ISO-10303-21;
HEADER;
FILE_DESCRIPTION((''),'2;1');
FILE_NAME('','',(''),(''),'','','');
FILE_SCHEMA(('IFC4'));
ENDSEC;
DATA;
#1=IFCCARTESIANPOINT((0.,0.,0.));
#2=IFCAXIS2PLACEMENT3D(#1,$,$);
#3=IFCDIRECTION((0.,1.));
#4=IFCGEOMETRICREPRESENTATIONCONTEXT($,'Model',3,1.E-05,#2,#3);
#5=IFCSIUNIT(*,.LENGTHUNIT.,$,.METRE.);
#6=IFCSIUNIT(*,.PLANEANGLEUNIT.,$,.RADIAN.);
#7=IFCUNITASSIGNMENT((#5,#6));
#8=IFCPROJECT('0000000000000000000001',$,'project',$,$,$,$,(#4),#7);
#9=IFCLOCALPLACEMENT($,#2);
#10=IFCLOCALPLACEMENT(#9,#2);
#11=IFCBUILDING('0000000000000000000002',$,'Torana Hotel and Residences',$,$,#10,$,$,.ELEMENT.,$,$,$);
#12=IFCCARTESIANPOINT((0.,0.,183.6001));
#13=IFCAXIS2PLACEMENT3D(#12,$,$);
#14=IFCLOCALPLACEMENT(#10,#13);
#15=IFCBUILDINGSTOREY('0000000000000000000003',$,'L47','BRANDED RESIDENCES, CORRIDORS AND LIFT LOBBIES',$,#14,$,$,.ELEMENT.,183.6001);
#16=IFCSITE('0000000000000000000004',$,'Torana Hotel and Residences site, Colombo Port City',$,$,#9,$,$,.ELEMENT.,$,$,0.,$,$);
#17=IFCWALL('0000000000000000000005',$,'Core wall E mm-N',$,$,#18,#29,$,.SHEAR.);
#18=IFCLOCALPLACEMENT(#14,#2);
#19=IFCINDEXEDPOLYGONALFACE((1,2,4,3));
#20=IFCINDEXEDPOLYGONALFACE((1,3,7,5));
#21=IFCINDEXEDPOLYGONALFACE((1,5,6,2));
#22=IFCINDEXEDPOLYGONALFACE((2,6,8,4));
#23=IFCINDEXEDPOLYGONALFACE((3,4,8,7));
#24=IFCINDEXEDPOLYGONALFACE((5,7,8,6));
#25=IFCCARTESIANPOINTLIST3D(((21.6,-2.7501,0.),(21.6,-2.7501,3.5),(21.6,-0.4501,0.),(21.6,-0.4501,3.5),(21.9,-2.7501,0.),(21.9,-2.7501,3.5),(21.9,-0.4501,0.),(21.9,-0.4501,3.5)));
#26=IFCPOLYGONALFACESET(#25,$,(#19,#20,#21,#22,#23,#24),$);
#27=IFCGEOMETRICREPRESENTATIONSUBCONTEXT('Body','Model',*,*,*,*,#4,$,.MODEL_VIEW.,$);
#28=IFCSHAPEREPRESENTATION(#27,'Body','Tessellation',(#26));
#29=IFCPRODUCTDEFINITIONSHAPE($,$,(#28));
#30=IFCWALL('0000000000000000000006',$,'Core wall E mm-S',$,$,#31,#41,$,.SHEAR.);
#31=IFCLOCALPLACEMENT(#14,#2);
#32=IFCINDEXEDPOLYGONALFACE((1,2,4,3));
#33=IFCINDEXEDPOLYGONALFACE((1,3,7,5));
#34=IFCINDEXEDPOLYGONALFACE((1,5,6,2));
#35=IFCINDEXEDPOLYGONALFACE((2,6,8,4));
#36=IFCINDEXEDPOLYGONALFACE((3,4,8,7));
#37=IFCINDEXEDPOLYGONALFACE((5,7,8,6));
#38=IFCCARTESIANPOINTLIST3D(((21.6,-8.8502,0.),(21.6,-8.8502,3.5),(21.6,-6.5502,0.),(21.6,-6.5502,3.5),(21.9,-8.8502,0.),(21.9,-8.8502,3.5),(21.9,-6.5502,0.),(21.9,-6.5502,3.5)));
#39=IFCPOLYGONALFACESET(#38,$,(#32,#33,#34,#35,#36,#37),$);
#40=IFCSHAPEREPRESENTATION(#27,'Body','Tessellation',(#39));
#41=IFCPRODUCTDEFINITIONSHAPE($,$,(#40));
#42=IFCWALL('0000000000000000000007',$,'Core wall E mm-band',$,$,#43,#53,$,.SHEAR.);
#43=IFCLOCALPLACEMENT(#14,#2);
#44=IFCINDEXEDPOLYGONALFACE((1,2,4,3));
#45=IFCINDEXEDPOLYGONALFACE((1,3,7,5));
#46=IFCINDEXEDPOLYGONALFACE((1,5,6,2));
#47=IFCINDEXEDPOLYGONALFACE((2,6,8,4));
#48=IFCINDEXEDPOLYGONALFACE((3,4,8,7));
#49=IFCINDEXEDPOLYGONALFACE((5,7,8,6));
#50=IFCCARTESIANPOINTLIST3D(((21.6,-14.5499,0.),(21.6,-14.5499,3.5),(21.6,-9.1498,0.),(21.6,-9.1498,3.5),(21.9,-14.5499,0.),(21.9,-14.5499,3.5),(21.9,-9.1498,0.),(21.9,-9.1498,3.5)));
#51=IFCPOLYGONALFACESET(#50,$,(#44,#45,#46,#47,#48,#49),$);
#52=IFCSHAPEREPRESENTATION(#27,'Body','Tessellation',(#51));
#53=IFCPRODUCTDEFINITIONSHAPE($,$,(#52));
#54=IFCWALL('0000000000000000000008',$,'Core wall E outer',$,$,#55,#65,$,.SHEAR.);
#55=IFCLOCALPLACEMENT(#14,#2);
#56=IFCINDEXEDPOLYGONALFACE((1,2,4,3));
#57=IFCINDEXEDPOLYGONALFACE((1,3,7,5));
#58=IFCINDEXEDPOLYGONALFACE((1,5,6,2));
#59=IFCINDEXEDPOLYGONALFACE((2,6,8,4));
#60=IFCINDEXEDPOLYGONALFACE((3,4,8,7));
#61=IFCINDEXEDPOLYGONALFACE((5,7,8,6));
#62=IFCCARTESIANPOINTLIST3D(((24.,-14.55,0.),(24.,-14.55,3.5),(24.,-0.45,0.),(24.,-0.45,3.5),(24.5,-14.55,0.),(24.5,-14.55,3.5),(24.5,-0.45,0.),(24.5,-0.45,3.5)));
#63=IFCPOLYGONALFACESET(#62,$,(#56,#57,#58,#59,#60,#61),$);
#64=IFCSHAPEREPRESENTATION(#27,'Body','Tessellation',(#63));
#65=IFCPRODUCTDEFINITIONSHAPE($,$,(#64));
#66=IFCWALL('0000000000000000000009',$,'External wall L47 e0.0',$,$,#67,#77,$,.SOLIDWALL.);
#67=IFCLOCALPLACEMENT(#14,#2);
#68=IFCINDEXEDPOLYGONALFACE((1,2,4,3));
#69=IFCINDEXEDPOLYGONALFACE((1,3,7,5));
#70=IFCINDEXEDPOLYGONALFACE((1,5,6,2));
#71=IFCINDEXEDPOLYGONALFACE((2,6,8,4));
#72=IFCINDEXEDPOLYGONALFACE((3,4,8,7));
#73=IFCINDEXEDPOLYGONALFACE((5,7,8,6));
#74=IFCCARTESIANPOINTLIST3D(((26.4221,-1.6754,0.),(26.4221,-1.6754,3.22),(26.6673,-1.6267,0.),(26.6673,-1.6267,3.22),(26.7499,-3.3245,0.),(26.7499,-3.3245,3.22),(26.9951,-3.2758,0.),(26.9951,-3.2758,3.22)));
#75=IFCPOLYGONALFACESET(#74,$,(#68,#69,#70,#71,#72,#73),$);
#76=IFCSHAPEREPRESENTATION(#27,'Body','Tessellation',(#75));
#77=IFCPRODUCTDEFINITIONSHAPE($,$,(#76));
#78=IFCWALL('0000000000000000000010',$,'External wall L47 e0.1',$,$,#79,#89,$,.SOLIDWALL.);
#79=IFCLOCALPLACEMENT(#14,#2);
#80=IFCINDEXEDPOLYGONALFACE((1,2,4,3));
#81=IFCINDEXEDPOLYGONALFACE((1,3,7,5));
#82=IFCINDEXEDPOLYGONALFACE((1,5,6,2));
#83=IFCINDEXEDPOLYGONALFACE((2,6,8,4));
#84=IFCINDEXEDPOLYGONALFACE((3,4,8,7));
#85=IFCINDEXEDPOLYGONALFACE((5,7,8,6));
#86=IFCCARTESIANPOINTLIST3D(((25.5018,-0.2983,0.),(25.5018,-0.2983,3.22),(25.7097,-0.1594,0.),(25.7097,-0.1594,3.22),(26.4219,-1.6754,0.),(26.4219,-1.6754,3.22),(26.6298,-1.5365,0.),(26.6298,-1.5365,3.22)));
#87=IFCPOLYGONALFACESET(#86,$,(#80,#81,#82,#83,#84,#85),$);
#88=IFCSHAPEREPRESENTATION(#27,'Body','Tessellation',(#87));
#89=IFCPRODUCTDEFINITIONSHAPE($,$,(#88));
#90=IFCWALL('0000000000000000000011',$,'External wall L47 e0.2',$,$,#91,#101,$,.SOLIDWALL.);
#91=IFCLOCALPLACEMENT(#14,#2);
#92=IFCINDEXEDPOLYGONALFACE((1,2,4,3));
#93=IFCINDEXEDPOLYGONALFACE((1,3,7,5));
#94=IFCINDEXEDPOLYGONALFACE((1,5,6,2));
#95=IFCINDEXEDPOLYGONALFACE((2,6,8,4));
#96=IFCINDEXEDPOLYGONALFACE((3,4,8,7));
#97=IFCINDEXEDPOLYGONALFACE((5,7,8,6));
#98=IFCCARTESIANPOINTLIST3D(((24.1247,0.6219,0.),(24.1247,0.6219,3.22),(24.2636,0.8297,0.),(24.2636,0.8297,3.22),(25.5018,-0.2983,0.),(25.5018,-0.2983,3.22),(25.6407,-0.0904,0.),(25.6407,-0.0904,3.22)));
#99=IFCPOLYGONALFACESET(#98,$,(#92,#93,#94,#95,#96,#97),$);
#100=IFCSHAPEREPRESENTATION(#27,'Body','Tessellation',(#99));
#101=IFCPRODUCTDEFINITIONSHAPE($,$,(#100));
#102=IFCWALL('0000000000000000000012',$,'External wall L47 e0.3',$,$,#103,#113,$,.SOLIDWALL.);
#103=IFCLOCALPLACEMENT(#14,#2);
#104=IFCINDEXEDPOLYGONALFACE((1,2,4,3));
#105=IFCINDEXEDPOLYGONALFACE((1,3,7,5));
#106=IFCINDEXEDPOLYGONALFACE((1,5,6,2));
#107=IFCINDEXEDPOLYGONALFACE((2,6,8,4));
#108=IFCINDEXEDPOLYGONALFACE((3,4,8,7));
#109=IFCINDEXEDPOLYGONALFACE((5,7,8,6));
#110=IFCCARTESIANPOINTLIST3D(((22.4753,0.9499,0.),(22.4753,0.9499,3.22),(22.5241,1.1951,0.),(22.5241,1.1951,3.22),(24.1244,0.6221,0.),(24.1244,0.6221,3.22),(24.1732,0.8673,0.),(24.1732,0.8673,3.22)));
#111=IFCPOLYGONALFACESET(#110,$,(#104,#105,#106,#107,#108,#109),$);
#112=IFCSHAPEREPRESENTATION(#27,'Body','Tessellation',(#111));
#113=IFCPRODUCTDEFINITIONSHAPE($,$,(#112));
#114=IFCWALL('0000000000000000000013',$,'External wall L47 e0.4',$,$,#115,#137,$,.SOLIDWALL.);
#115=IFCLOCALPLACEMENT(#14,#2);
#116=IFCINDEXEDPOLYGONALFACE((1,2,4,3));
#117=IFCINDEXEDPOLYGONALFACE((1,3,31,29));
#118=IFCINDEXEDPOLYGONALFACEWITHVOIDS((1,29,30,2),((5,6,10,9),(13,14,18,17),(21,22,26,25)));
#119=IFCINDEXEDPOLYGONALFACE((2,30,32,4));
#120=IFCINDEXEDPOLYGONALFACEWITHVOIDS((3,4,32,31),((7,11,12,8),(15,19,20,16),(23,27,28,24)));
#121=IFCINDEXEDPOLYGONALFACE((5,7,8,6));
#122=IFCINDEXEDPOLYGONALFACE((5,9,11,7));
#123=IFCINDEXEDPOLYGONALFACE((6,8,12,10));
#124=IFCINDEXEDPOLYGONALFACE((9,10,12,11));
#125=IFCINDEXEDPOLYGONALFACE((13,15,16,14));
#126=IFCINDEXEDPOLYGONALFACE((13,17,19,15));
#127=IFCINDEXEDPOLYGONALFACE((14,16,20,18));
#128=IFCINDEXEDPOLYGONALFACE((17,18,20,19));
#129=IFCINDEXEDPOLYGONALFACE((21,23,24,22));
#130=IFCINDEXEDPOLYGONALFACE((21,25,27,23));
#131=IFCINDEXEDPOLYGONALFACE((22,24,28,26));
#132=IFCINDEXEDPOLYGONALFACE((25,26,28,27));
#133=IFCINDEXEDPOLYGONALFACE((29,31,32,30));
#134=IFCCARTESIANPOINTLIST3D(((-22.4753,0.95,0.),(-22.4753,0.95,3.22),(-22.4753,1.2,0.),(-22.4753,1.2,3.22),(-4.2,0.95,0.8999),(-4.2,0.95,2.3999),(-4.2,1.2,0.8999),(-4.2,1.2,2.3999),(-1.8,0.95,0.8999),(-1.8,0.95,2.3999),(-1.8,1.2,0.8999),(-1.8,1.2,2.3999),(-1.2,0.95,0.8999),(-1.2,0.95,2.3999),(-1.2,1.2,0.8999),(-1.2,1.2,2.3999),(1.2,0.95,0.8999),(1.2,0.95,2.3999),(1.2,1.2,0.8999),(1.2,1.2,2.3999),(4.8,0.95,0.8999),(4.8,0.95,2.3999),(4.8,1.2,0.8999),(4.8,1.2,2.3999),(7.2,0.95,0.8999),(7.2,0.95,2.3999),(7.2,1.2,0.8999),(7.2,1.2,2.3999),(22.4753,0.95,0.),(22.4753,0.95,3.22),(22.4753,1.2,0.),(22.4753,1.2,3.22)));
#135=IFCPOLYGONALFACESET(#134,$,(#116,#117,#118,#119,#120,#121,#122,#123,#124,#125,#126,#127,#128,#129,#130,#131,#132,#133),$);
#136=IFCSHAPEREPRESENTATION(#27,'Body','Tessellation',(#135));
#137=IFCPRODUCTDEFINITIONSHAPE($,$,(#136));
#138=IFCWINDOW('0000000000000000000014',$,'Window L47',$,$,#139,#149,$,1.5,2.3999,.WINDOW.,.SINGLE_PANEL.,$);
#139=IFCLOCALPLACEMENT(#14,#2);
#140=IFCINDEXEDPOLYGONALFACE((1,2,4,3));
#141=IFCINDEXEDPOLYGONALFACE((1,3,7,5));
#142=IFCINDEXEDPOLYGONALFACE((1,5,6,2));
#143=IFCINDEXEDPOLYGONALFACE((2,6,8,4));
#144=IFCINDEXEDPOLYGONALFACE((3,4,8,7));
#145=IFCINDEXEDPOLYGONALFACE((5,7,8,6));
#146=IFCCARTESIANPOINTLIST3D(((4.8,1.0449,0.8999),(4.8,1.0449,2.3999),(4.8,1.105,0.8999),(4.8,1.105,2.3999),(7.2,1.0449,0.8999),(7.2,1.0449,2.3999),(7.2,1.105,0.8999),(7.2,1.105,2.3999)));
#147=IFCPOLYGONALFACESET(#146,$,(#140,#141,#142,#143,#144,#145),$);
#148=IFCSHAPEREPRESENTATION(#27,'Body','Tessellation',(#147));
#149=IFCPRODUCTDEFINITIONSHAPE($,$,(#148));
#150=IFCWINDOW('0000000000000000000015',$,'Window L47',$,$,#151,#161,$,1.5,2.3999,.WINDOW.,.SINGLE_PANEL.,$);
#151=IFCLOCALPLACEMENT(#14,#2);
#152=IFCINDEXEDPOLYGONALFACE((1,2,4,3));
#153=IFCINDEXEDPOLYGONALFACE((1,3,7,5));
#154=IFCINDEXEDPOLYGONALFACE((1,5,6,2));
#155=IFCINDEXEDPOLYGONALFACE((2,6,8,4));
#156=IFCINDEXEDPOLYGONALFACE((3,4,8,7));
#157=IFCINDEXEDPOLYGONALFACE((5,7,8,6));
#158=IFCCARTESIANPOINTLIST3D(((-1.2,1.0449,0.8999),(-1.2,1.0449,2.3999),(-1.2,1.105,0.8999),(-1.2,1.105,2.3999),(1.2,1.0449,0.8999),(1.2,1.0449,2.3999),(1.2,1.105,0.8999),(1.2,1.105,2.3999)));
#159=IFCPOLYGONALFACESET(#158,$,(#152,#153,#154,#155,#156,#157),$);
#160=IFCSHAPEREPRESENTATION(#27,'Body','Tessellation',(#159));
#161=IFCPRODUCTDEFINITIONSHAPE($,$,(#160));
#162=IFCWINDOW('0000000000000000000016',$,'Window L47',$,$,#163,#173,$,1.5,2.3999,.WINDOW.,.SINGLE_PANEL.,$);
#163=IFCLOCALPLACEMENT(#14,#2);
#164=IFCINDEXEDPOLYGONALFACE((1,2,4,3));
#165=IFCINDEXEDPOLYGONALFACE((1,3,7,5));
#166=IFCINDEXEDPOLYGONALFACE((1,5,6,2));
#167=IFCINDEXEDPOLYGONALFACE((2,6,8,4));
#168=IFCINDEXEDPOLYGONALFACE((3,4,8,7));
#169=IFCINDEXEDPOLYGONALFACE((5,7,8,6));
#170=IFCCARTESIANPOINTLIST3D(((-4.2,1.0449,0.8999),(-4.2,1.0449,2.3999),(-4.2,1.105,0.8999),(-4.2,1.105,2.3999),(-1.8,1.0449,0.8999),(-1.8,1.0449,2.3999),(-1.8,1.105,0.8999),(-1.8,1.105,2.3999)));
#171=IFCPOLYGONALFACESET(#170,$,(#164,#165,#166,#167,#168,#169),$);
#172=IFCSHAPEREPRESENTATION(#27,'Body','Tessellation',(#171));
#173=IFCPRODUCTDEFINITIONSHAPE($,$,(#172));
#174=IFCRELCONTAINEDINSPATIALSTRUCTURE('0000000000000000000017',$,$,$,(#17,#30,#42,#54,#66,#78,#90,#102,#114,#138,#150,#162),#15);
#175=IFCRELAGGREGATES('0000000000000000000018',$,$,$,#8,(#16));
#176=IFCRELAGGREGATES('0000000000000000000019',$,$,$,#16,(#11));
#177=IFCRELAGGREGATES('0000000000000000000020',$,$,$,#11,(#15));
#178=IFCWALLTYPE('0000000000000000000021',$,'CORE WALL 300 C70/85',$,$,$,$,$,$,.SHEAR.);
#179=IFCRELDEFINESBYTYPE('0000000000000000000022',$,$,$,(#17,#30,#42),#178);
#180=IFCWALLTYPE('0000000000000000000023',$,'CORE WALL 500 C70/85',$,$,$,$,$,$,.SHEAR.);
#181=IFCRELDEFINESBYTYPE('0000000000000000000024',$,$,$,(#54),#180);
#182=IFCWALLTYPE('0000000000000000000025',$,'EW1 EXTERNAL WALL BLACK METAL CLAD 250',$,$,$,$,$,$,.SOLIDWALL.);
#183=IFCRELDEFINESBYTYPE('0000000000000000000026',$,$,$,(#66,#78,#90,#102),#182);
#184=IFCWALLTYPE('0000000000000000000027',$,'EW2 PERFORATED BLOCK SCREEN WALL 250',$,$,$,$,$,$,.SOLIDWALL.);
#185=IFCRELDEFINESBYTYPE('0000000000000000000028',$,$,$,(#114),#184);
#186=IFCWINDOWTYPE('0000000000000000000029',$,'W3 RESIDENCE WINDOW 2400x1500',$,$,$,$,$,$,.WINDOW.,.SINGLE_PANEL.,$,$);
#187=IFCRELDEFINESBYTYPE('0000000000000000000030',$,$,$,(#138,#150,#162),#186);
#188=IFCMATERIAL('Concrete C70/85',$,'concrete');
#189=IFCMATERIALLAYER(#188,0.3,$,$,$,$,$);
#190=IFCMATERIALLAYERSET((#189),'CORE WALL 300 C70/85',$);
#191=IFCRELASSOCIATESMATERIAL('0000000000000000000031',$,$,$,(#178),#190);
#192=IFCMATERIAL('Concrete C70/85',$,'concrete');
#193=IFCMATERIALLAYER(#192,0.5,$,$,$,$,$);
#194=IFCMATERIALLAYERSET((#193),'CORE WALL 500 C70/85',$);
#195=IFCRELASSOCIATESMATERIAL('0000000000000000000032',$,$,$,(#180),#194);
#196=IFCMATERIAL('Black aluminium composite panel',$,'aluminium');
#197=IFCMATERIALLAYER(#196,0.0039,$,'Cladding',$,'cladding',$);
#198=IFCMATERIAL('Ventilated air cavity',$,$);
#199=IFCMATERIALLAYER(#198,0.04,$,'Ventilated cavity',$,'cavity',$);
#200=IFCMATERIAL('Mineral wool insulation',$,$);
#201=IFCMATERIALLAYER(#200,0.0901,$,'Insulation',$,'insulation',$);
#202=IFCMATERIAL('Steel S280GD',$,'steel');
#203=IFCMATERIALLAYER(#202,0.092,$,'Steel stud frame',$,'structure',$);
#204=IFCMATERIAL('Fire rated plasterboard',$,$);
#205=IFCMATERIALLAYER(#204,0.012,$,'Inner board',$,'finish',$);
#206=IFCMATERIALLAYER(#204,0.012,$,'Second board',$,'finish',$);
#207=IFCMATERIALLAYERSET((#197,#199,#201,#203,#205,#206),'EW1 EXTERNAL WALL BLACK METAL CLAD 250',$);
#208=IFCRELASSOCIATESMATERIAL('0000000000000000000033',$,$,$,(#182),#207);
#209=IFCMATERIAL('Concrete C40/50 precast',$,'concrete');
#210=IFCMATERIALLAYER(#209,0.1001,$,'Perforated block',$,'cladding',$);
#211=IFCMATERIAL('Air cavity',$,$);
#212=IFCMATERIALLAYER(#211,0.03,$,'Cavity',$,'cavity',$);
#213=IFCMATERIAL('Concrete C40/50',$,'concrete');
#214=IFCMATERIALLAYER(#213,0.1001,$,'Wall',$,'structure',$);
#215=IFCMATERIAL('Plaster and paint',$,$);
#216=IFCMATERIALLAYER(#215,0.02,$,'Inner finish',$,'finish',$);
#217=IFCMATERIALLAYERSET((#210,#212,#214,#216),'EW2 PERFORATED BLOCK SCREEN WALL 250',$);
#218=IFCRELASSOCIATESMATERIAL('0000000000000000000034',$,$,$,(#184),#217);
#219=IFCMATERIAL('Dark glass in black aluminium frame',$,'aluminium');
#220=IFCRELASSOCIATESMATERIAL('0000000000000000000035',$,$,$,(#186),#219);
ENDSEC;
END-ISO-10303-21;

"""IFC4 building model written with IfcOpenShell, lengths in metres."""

from ifc_helpers import new_model, si_unit, direction, frame, frame_2d, origin, place, context, subcontext, project, spatial, rectangle, extrude, material, layer, layer_set, type_object, element, fill, save


model = new_model("IFC4")

# Units and contexts
model_context = context("Model", 3, precision=1e-05, world=origin(), true_north=direction((0.0, 1.0)))
body_context = subcontext(model_context, "Body", "Model", "MODEL_VIEW")
ifc_project = project(units=[si_unit("LENGTHUNIT", "METRE"), si_unit("PLANEANGLEUNIT", "RADIAN")], contexts=[model_context])

# Site, building, storey
site_placement = place(None, origin())
site = spatial("IfcSite", under=ifc_project, at=site_placement, Name="Torana Hotel and Residences site, Colombo Port City", CompositionType="ELEMENT", RefElevation=0.0)
building_placement = place(site_placement, origin())
building = spatial("IfcBuilding", under=site, at=building_placement, Name="Torana Hotel and Residences", CompositionType="ELEMENT")
storey_placement = place(building_placement, frame((0.0, 0.0, 183.6001)))
storey = spatial("IfcBuildingStorey", under=building, at=storey_placement, Name="L47", Description="BRANDED RESIDENCES, CORRIDORS AND LIFT LOBBIES", CompositionType="ELEMENT", Elevation=183.6001)

# Walls
ifc_material_1 = material(Name="Concrete C70/85", Category="concrete")
ifc_layer_1 = layer(ifc_material_1, 0.3)
ifc_layer_set_1 = layer_set([ifc_layer_1], Name="CORE WALL 300 C70/85")
wall_type_1 = type_object("IfcWallType", Name="CORE WALL 300 C70/85", PredefinedType="SHEAR", material=ifc_layer_set_1)
for number, where, z_axis, x_axis, name in (
    (1, (21.75, -2.75, 0.0), (0.0, 0.0, 1.0), (0.0, 1.0, 0.0), "Core wall E mm-N"),
    (2, (21.75, -8.8501, 0.0), (0.0, 0.0, 1.0), (0.0, 1.0, 0.0), "Core wall E mm-S"),
):
    element("IfcWall", number, at=place(storey_placement, frame(where, z_axis=z_axis, x_axis=x_axis)), inside=storey, type_object=wall_type_1, Name=name, PredefinedType="SHEAR", context=body_context, shape_type="SweptSolid", body=[
        extrude(rectangle(XDim=2.3, YDim=0.3, at=frame_2d((1.1499, 0.0))), origin(), (0.0, 0.0, 1.0), 3.5),
    ])
wall_1_placement = place(storey_placement, frame((21.75, -14.55, 0.0), z_axis=(0.0, 0.0, 1.0), x_axis=(0.0, 1.0, 0.0)))
element("IfcWall", 3, at=wall_1_placement, inside=storey, type_object=wall_type_1, Name="Core wall E mm-band", PredefinedType="SHEAR", context=body_context, shape_type="SweptSolid", body=[
    extrude(rectangle(XDim=5.4001, YDim=0.3, at=frame_2d((2.7002, 0.0))), origin(), (0.0, 0.0, 1.0), 3.5),
])
ifc_material_2 = material(Name="Concrete C70/85", Category="concrete")
ifc_layer_2 = layer(ifc_material_2, 0.5)
ifc_layer_set_2 = layer_set([ifc_layer_2], Name="CORE WALL 500 C70/85")
wall_type_2 = type_object("IfcWallType", Name="CORE WALL 500 C70/85", PredefinedType="SHEAR", material=ifc_layer_set_2)
wall_2_placement = place(storey_placement, frame((24.25, -14.55, 0.0), z_axis=(0.0, 0.0, 1.0), x_axis=(0.0, 1.0, 0.0)))
element("IfcWall", 4, at=wall_2_placement, inside=storey, type_object=wall_type_2, Name="Core wall E outer", PredefinedType="SHEAR", context=body_context, shape_type="SweptSolid", body=[
    extrude(rectangle(XDim=14.1001, YDim=0.5, at=frame_2d((7.05, 0.0))), origin(), (0.0, 0.0, 1.0), 3.5),
])
ifc_material_3 = material(Name="Black aluminium composite panel", Category="aluminium")
ifc_layer_3 = layer(ifc_material_3, 0.0039, Name="Cladding", Category="cladding")
ifc_material_4 = material(Name="Ventilated air cavity")
ifc_layer_4 = layer(ifc_material_4, 0.04, Name="Ventilated cavity", Category="cavity")
ifc_material_5 = material(Name="Mineral wool insulation")
ifc_layer_5 = layer(ifc_material_5, 0.0901, Name="Insulation", Category="insulation")
ifc_material_6 = material(Name="Steel S280GD", Category="steel")
ifc_layer_6 = layer(ifc_material_6, 0.092, Name="Steel stud frame", Category="structure")
ifc_material_7 = material(Name="Fire rated plasterboard")
ifc_layer_7 = layer(ifc_material_7, 0.012, Name="Inner board", Category="finish")
ifc_layer_8 = layer(ifc_material_7, 0.012, Name="Second board", Category="finish")
ifc_layer_set_3 = layer_set([ifc_layer_3, ifc_layer_4, ifc_layer_5, ifc_layer_6, ifc_layer_7, ifc_layer_8], Name="EW1 EXTERNAL WALL BLACK METAL CLAD 250")
wall_type_3 = type_object("IfcWallType", Name="EW1 EXTERNAL WALL BLACK METAL CLAD 250", PredefinedType="SOLIDWALL", material=ifc_layer_set_3)
wall_3_placement = place(storey_placement, frame((26.8726, -3.3003, 0.0), z_axis=(0.0, 0.0, 1.0), x_axis=(-0.194999, 0.980803, 0.0)))
element("IfcWall", 5, at=wall_3_placement, inside=storey, type_object=wall_type_3, Name="External wall L47 e0.0", PredefinedType="SOLIDWALL", context=body_context, shape_type="SweptSolid", body=[
    extrude(rectangle(XDim=1.6814, YDim=0.25, at=frame_2d((0.8408, 0.0))), origin(), (0.0, 0.0, 1.0), 3.22),
])
for number, where, z_axis, x_axis, name in (
    (6, (26.5259, -1.606, 0.0), (0.0, 0.0, 1.0), (-0.55555, 0.831483, 0.0), "External wall L47 e0.1"),
    (7, (25.5713, -0.1943, 0.0), (0.0, 0.0, 1.0), (-0.831483, 0.55555, 0.0), "External wall L47 e0.2"),
):
    element("IfcWall", number, at=place(storey_placement, frame(where, z_axis=z_axis, x_axis=x_axis)), inside=storey, type_object=wall_type_3, Name=name, PredefinedType="SOLIDWALL", context=body_context, shape_type="SweptSolid", body=[
        extrude(rectangle(XDim=1.6562, YDim=0.25, at=frame_2d((0.8281, 0.0))), origin(), (0.0, 0.0, 1.0), 3.22),
    ])
wall_4_placement = place(storey_placement, frame((24.1489, 0.7446, 0.0), z_axis=(0.0, 0.0, 1.0), x_axis=(-0.980803, 0.194999, 0.0)))
element("IfcWall", 8, at=wall_4_placement, inside=storey, type_object=wall_type_3, Name="External wall L47 e0.3", PredefinedType="SOLIDWALL", context=body_context, shape_type="SweptSolid", body=[
    extrude(rectangle(XDim=1.6814, YDim=0.25, at=frame_2d((0.8408, 0.0))), origin(), (0.0, 0.0, 1.0), 3.22),
])

# Wall, openings, windows
ifc_material_8 = material(Name="Concrete C40/50 precast", Category="concrete")
ifc_layer_9 = layer(ifc_material_8, 0.1001, Name="Perforated block", Category="cladding")
ifc_material_9 = material(Name="Air cavity")
ifc_layer_10 = layer(ifc_material_9, 0.03, Name="Cavity", Category="cavity")
ifc_material_10 = material(Name="Concrete C40/50", Category="concrete")
ifc_layer_11 = layer(ifc_material_10, 0.1001, Name="Wall", Category="structure")
ifc_material_11 = material(Name="Plaster and paint")
ifc_layer_12 = layer(ifc_material_11, 0.02, Name="Inner finish", Category="finish")
ifc_layer_set_4 = layer_set([ifc_layer_9, ifc_layer_10, ifc_layer_11, ifc_layer_12], Name="EW2 PERFORATED BLOCK SCREEN WALL 250")
wall_type_4 = type_object("IfcWallType", Name="EW2 PERFORATED BLOCK SCREEN WALL 250", PredefinedType="SOLIDWALL", material=ifc_layer_set_4)
wall_5_placement = place(storey_placement, frame((22.4753, 1.075, 0.0), z_axis=(0.0, 0.0, 1.0), x_axis=(-1.0, 0.0, 0.0)))
wall_5 = element("IfcWall", 9, at=wall_5_placement, inside=storey, type_object=wall_type_4, Name="External wall L47 e0.4", PredefinedType="SOLIDWALL", context=body_context, shape_type="SweptSolid", body=[
    extrude(rectangle(XDim=44.9507, YDim=0.25, at=frame_2d((22.4753, 0.0))), origin(), (0.0, 0.0, 1.0), 3.22),
])
opening_1_placement = place(wall_5_placement, frame((15.2754, 0.0, 0.8999)))
opening_1 = element("IfcOpeningElement", 10, at=opening_1_placement, cuts=wall_5, PredefinedType="OPENING", context=body_context, shape_type="SweptSolid", body=[
    extrude(rectangle(XDim=2.3999, YDim=1.5, at=frame_2d((1.2, 0.75))), frame((0.0, 0.135, 0.0), z_axis=(0.0, -1.0, 0.0), x_axis=(1.0, 0.0, 0.0)), (0.0, 0.0, 1.0), 0.27),
])
opening_2_placement = place(wall_5_placement, frame((21.2754, 0.0, 0.8999)))
opening_2 = element("IfcOpeningElement", 11, at=opening_2_placement, cuts=wall_5, PredefinedType="OPENING", context=body_context, shape_type="SweptSolid", body=[
    extrude(rectangle(XDim=2.3999, YDim=1.5, at=frame_2d((1.2, 0.75))), frame((0.0, 0.135, 0.0), z_axis=(0.0, -1.0, 0.0), x_axis=(1.0, 0.0, 0.0)), (0.0, 0.0, 1.0), 0.27),
])
opening_3_placement = place(wall_5_placement, frame((24.2754, 0.0, 0.8999)))
opening_3 = element("IfcOpeningElement", 12, at=opening_3_placement, cuts=wall_5, PredefinedType="OPENING", context=body_context, shape_type="SweptSolid", body=[
    extrude(rectangle(XDim=2.3999, YDim=1.5, at=frame_2d((1.2, 0.75))), frame((0.0, 0.135, 0.0), z_axis=(0.0, -1.0, 0.0), x_axis=(1.0, 0.0, 0.0)), (0.0, 0.0, 1.0), 0.27),
])
ifc_material_12 = material(Name="Dark glass in black aluminium frame", Category="aluminium")
window_type = type_object("IfcWindowType", Name="W3 RESIDENCE WINDOW 2400x1500", PartitioningType="SINGLE_PANEL", PredefinedType="WINDOW", material=ifc_material_12)
window_1_placement = place(opening_1_placement, origin())
window_1 = element("IfcWindow", 13, at=window_1_placement, inside=storey, type_object=window_type, Name="Window L47", OverallHeight=1.5, OverallWidth=2.3999, PartitioningType="SINGLE_PANEL", PredefinedType="WINDOW", context=body_context, shape_type="SweptSolid", body=[
    extrude(rectangle(XDim=2.3999, YDim=1.5, at=frame_2d((1.2, 0.75))), frame((0.0, 0.03, 0.0), z_axis=(0.0, -1.0, 0.0), x_axis=(1.0, 0.0, 0.0)), (0.0, 0.0, 1.0), 0.0601),
])
fill(opening_1, window_1)
window_2_placement = place(opening_2_placement, origin())
window_2 = element("IfcWindow", 14, at=window_2_placement, inside=storey, type_object=window_type, Name="Window L47", OverallHeight=1.5, OverallWidth=2.3999, PartitioningType="SINGLE_PANEL", PredefinedType="WINDOW", context=body_context, shape_type="SweptSolid", body=[
    extrude(rectangle(XDim=2.3999, YDim=1.5, at=frame_2d((1.2, 0.75))), frame((0.0, 0.03, 0.0), z_axis=(0.0, -1.0, 0.0), x_axis=(1.0, 0.0, 0.0)), (0.0, 0.0, 1.0), 0.0601),
])
fill(opening_2, window_2)
window_3_placement = place(opening_3_placement, origin())
window_3 = element("IfcWindow", 15, at=window_3_placement, inside=storey, type_object=window_type, Name="Window L47", OverallHeight=1.5, OverallWidth=2.3999, PartitioningType="SINGLE_PANEL", PredefinedType="WINDOW", context=body_context, shape_type="SweptSolid", body=[
    extrude(rectangle(XDim=2.3999, YDim=1.5, at=frame_2d((1.2, 0.75))), frame((0.0, 0.03, 0.0), z_axis=(0.0, -1.0, 0.0), x_axis=(1.0, 0.0, 0.0)), (0.0, 0.0, 1.0), 0.0601),
])
fill(opening_3, window_3)

save(model, "model.ifc")
